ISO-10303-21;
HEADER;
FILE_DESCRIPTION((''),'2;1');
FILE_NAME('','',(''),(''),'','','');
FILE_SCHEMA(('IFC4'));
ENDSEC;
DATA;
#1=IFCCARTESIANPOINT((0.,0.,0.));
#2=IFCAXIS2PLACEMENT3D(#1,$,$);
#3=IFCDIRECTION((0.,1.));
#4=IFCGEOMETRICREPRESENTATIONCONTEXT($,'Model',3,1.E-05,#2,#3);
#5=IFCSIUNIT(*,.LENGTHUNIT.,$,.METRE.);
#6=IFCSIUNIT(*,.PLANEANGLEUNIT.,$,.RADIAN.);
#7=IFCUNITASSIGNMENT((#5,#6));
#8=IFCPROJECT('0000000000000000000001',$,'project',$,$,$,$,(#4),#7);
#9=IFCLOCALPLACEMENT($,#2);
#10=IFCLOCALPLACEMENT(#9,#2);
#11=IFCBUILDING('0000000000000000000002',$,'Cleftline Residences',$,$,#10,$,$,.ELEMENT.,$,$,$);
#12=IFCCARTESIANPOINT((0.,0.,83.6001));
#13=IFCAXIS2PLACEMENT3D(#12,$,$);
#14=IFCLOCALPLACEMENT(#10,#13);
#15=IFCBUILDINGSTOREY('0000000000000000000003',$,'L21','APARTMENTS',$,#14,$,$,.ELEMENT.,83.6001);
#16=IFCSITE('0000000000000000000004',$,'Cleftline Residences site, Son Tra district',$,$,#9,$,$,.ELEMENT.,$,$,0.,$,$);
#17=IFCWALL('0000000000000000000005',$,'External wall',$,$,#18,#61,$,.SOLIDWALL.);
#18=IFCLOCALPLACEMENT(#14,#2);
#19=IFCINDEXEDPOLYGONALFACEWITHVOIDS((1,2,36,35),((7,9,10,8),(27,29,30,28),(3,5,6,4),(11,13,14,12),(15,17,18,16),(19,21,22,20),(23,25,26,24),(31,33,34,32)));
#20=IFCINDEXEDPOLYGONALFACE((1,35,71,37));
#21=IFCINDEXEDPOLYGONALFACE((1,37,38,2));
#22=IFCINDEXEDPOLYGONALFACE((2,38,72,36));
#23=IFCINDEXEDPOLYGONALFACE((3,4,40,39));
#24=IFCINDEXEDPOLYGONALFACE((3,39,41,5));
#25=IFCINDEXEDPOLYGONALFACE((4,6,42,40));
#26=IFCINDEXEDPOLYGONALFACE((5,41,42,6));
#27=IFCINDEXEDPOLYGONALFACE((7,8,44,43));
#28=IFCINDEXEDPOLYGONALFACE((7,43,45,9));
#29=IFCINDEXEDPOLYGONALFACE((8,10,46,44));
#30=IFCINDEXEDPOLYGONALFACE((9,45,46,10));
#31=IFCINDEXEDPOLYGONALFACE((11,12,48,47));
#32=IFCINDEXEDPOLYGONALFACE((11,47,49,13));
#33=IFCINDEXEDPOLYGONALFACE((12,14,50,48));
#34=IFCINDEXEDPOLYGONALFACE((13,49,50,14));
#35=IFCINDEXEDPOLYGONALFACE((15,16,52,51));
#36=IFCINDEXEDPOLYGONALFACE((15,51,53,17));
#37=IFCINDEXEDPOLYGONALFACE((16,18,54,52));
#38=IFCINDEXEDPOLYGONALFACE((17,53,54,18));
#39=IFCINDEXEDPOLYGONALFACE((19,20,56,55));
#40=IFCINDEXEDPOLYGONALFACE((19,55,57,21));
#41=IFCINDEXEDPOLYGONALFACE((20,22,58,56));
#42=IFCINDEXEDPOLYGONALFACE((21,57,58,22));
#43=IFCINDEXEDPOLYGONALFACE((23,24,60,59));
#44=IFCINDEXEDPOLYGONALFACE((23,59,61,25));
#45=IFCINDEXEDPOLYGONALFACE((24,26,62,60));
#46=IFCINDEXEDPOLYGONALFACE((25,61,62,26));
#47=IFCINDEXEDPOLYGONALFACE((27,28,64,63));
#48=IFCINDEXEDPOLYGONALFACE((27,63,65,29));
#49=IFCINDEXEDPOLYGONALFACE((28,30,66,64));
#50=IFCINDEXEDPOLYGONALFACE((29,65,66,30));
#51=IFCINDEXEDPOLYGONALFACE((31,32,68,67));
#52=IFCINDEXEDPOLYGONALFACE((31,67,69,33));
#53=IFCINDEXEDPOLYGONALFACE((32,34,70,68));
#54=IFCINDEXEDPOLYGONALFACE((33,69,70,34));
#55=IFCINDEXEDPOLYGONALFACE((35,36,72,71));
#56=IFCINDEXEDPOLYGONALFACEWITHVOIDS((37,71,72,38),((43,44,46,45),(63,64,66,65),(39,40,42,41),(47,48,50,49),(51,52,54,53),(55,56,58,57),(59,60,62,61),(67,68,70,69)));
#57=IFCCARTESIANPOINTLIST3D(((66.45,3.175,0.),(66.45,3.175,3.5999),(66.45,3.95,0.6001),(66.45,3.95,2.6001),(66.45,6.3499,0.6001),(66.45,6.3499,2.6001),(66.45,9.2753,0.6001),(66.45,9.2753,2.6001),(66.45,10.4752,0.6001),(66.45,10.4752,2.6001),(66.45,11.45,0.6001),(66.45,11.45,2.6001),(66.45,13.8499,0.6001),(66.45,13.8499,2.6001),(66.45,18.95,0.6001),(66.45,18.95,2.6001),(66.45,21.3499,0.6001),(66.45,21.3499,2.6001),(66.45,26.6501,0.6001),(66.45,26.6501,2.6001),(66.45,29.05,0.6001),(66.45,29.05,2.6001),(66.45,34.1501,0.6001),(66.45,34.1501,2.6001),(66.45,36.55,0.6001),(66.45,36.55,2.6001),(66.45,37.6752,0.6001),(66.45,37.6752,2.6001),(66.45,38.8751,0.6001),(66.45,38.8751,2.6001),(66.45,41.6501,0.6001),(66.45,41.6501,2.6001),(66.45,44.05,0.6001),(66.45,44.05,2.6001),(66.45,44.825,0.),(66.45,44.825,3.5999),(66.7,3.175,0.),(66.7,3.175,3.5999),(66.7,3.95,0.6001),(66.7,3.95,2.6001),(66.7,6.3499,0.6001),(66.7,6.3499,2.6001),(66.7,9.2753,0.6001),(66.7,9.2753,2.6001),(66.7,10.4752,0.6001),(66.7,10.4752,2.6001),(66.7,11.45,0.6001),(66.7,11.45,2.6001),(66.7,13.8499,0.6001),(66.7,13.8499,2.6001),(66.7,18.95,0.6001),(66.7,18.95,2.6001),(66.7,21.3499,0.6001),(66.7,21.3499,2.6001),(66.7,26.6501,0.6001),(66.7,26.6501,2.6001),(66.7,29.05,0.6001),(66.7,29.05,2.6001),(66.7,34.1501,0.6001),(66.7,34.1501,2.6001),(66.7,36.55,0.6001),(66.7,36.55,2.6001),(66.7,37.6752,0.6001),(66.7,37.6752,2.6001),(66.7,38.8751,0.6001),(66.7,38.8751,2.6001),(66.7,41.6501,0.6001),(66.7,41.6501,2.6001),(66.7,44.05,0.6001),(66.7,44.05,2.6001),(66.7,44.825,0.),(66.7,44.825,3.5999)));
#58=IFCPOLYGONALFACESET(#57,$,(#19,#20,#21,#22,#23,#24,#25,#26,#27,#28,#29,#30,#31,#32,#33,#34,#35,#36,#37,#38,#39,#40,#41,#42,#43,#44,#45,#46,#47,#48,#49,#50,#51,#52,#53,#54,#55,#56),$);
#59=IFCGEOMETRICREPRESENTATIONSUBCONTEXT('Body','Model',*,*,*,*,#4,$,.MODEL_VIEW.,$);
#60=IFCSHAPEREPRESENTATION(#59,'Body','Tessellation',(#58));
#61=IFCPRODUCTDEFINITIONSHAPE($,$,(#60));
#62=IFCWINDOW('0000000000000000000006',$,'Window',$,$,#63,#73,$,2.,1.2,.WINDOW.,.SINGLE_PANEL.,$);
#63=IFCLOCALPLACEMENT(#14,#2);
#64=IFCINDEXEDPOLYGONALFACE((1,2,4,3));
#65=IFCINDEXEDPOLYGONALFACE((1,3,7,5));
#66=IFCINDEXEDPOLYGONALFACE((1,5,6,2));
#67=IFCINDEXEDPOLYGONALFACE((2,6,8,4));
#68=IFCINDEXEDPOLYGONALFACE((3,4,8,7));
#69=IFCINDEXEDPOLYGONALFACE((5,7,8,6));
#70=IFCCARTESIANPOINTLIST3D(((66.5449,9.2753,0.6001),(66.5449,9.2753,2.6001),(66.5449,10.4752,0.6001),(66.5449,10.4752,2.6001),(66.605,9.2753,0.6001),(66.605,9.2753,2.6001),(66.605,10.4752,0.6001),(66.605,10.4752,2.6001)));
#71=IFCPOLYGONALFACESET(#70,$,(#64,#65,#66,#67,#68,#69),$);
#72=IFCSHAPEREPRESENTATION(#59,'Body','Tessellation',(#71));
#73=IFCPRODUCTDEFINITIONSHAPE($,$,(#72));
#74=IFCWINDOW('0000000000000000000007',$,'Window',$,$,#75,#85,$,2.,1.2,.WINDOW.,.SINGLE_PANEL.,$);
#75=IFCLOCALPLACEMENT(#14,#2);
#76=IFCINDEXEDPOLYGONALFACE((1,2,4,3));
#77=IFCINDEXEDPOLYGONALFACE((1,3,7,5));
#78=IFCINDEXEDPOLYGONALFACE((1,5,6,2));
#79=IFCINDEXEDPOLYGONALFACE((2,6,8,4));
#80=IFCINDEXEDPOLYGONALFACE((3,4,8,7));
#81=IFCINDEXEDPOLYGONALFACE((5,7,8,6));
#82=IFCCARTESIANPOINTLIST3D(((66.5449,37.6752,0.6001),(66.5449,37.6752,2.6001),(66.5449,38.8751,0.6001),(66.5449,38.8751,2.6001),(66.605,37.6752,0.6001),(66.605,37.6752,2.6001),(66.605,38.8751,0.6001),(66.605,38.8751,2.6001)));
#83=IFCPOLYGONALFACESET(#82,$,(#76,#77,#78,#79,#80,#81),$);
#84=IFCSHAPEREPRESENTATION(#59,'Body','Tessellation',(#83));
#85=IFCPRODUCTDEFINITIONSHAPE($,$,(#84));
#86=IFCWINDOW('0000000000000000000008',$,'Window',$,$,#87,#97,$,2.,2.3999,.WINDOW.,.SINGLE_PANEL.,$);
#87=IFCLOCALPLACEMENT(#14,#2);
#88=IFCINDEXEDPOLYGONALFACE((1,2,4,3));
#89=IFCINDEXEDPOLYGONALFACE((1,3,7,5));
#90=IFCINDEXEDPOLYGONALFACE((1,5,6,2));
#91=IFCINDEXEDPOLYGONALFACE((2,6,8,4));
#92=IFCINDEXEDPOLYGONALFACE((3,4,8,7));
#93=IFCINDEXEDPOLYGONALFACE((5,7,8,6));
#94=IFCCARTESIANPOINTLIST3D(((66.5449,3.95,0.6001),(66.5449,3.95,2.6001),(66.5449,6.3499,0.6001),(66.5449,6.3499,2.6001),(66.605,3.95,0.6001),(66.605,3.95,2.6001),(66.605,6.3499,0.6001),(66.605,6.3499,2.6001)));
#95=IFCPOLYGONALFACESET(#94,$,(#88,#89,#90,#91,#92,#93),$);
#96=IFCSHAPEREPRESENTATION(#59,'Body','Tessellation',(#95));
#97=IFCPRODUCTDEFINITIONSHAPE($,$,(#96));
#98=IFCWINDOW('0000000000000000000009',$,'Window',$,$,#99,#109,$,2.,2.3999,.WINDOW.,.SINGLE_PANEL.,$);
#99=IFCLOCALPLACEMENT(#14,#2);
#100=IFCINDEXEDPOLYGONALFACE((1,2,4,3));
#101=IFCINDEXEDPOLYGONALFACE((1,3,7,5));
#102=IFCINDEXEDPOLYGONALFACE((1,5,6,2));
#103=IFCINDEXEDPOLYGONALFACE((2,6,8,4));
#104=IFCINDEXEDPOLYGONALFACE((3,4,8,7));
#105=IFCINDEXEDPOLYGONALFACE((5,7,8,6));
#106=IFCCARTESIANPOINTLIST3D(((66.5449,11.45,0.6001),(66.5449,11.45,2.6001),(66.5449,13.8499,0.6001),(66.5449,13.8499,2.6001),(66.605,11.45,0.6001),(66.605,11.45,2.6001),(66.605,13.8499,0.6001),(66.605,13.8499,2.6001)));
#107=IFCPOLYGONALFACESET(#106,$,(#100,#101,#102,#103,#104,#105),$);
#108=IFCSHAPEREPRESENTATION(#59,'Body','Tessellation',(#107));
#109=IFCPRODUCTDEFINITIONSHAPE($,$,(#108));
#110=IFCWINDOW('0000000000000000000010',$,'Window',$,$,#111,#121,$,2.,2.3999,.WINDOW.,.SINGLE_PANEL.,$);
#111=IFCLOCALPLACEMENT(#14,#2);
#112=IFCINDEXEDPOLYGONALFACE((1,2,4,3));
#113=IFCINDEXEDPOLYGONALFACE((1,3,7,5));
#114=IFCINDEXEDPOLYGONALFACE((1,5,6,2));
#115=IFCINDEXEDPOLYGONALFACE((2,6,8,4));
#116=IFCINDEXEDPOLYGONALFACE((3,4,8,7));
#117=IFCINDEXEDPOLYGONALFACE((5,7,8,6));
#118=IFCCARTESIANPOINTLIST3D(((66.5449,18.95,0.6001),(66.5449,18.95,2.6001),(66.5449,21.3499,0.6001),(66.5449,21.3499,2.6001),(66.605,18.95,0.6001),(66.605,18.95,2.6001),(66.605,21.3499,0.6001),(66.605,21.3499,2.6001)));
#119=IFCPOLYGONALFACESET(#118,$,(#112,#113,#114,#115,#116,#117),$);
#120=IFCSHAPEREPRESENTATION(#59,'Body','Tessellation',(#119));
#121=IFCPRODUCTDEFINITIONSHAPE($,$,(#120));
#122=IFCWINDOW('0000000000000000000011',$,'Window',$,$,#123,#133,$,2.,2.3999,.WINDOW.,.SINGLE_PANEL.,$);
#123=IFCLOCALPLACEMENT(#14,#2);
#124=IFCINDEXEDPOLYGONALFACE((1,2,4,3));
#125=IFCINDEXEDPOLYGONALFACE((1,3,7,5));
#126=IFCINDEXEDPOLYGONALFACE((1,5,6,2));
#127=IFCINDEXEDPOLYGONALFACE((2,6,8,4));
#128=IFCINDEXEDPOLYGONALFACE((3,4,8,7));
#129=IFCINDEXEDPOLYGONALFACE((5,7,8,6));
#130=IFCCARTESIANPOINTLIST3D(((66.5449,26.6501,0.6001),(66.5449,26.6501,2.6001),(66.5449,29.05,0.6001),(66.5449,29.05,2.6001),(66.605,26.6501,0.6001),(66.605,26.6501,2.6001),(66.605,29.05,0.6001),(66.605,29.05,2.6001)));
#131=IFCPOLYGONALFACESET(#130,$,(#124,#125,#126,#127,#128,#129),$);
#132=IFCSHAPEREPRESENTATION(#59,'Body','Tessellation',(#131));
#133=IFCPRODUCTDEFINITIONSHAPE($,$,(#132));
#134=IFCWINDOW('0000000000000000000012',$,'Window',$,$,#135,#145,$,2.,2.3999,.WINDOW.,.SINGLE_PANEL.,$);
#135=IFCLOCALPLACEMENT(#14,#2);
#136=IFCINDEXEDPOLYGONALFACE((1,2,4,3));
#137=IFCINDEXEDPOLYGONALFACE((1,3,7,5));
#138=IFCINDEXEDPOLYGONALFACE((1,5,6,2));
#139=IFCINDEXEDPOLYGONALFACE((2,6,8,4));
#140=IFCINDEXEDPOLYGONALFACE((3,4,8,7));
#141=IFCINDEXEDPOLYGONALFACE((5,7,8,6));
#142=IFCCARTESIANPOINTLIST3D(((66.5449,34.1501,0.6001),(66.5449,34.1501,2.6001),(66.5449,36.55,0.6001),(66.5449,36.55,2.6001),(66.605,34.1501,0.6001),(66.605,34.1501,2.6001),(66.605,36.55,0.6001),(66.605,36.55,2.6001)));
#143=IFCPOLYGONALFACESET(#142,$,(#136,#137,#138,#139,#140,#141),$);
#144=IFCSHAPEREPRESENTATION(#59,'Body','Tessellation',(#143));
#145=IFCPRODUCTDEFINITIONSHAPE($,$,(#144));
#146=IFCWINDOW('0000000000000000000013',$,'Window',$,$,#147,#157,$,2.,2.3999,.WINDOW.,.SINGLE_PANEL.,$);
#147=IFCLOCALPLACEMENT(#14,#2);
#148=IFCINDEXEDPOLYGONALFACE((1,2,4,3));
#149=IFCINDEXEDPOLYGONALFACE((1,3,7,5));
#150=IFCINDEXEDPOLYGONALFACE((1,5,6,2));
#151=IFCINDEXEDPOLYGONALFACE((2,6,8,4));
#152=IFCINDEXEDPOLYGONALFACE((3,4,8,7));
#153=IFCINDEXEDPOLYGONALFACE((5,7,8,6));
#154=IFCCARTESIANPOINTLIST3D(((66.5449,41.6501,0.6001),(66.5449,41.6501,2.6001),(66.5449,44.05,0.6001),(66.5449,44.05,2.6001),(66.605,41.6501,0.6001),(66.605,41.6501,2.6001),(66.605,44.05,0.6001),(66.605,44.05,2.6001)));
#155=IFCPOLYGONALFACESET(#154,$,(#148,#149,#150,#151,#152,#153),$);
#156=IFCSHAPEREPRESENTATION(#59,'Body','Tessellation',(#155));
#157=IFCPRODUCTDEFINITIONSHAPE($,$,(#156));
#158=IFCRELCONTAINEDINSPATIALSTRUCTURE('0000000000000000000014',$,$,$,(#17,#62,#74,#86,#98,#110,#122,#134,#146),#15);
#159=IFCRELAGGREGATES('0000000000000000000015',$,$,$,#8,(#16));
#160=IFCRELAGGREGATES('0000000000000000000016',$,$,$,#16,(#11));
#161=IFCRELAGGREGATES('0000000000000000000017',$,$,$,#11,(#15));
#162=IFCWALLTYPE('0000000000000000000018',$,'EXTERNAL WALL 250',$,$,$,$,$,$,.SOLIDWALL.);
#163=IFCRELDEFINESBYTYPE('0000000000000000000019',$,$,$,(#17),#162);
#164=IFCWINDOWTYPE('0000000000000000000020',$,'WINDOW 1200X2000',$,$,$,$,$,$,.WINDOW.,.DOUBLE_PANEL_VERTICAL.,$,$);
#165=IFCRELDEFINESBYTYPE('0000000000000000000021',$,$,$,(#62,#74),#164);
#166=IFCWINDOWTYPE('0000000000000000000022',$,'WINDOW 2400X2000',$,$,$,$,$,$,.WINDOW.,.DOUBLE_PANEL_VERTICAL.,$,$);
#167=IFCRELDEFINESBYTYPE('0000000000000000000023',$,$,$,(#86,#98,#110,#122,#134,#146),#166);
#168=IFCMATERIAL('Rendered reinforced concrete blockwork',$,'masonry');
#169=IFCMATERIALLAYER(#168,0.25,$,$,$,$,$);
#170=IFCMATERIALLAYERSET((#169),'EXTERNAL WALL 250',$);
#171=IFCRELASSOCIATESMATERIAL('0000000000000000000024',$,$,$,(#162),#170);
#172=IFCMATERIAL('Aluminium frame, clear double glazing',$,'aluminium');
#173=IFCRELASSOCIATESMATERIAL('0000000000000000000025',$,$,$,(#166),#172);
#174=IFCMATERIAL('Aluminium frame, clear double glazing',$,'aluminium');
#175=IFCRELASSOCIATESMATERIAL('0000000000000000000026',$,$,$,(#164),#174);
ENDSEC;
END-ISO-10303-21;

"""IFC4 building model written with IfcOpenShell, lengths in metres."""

from ifc_helpers import new_model, si_unit, direction, frame, frame_2d, origin, place, context, subcontext, project, spatial, rectangle, extrude, material, layer, layer_set, type_object, element, fill, save


model = new_model("IFC4")

# Units and contexts
model_context = context("Model", 3, precision=1e-05, world=origin(), true_north=direction((0.0, 1.0)))
body_context = subcontext(model_context, "Body", "Model", "MODEL_VIEW")
ifc_project = project(units=[si_unit("LENGTHUNIT", "METRE"), si_unit("PLANEANGLEUNIT", "RADIAN")], contexts=[model_context])

# Site, building, storey
site_placement = place(None, origin())
site = spatial("IfcSite", under=ifc_project, at=site_placement, Name="Cleftline Residences site, Son Tra district", CompositionType="ELEMENT", RefElevation=0.0)
building_placement = place(site_placement, origin())
building = spatial("IfcBuilding", under=site, at=building_placement, Name="Cleftline Residences", CompositionType="ELEMENT")
storey_placement = place(building_placement, frame((0.0, 0.0, 83.6001)))
storey = spatial("IfcBuildingStorey", under=building, at=storey_placement, Name="L21", Description="APARTMENTS", CompositionType="ELEMENT", Elevation=83.6001)

# Shared definitions
ifc_material_1 = material(Name="Rendered reinforced concrete blockwork", Category="masonry")
ifc_layer_1 = layer(ifc_material_1, 0.25)
ifc_layer_set_1 = layer_set([ifc_layer_1], Name="EXTERNAL WALL 250")
wall_type = type_object("IfcWallType", Name="EXTERNAL WALL 250", PredefinedType="SOLIDWALL", material=ifc_layer_set_1)
ifc_material_2 = material(Name="Aluminium frame, clear double glazing", Category="aluminium")
window_type_1 = type_object("IfcWindowType", Name="WINDOW 2400X2000", PartitioningType="DOUBLE_PANEL_VERTICAL", PredefinedType="WINDOW", material=ifc_material_2)

# Wall, openings, windows
wall_1_placement = place(storey_placement, frame((66.575, 3.175, 0.0), z_axis=(0.0, 0.0, 1.0), x_axis=(0.0, 1.0, 0.0)))
wall_1 = element("IfcWall", 1, at=wall_1_placement, inside=storey, type_object=wall_type, Name="External wall", PredefinedType="SOLIDWALL", context=body_context, shape_type="SweptSolid", body=[
    extrude(rectangle(XDim=41.6499, YDim=0.25, at=frame_2d((20.825, 0.0))), origin(), (0.0, 0.0, 1.0), 3.5999),
])
opening_1_placement = place(wall_1_placement, frame((0.7749, 0.0, 0.6001)))
opening_1 = element("IfcOpeningElement", 2, at=opening_1_placement, cuts=wall_1, PredefinedType="OPENING", context=body_context, shape_type="SweptSolid", body=[
    extrude(rectangle(XDim=2.3999, YDim=2.0, at=frame_2d((1.2, 1.0))), frame((0.0, 0.135, 0.0), z_axis=(0.0, -1.0, 0.0), x_axis=(1.0, 0.0, 0.0)), (0.0, 0.0, 1.0), 0.27),
])
opening_2_placement = place(wall_1_placement, frame((6.1001, 0.0, 0.6001)))
opening_2 = element("IfcOpeningElement", 3, at=opening_2_placement, cuts=wall_1, PredefinedType="OPENING", context=body_context, shape_type="SweptSolid", body=[
    extrude(rectangle(XDim=1.2, YDim=2.0, at=frame_2d((0.6001, 1.0))), frame((0.0, 0.135, 0.0), z_axis=(0.0, -1.0, 0.0), x_axis=(1.0, 0.0, 0.0)), (0.0, 0.0, 1.0), 0.27),
])
opening_3_placement = place(wall_1_placement, frame((8.2749, 0.0, 0.6001)))
opening_3 = element("IfcOpeningElement", 4, at=opening_3_placement, cuts=wall_1, PredefinedType="OPENING", context=body_context, shape_type="SweptSolid", body=[
    extrude(rectangle(XDim=2.3999, YDim=2.0, at=frame_2d((1.2, 1.0))), frame((0.0, 0.135, 0.0), z_axis=(0.0, -1.0, 0.0), x_axis=(1.0, 0.0, 0.0)), (0.0, 0.0, 1.0), 0.27),
])
opening_4_placement = place(wall_1_placement, frame((15.7749, 0.0, 0.6001)))
opening_4 = element("IfcOpeningElement", 5, at=opening_4_placement, cuts=wall_1, PredefinedType="OPENING", context=body_context, shape_type="SweptSolid", body=[
    extrude(rectangle(XDim=2.3999, YDim=2.0, at=frame_2d((1.2, 1.0))), frame((0.0, 0.135, 0.0), z_axis=(0.0, -1.0, 0.0), x_axis=(1.0, 0.0, 0.0)), (0.0, 0.0, 1.0), 0.27),
])
opening_5_placement = place(wall_1_placement, frame((23.4751, 0.0, 0.6001)))
opening_5 = element("IfcOpeningElement", 6, at=opening_5_placement, cuts=wall_1, PredefinedType="OPENING", context=body_context, shape_type="SweptSolid", body=[
    extrude(rectangle(XDim=2.3999, YDim=2.0, at=frame_2d((1.2, 1.0))), frame((0.0, 0.135, 0.0), z_axis=(0.0, -1.0, 0.0), x_axis=(1.0, 0.0, 0.0)), (0.0, 0.0, 1.0), 0.27),
])
opening_6_placement = place(wall_1_placement, frame((30.9751, 0.0, 0.6001)))
opening_6 = element("IfcOpeningElement", 7, at=opening_6_placement, cuts=wall_1, PredefinedType="OPENING", context=body_context, shape_type="SweptSolid", body=[
    extrude(rectangle(XDim=2.3999, YDim=2.0, at=frame_2d((1.2, 1.0))), frame((0.0, 0.135, 0.0), z_axis=(0.0, -1.0, 0.0), x_axis=(1.0, 0.0, 0.0)), (0.0, 0.0, 1.0), 0.27),
])
opening_7_placement = place(wall_1_placement, frame((34.5, 0.0, 0.6001)))
opening_7 = element("IfcOpeningElement", 8, at=opening_7_placement, cuts=wall_1, PredefinedType="OPENING", context=body_context, shape_type="SweptSolid", body=[
    extrude(rectangle(XDim=1.2, YDim=2.0, at=frame_2d((0.6001, 1.0))), frame((0.0, 0.135, 0.0), z_axis=(0.0, -1.0, 0.0), x_axis=(1.0, 0.0, 0.0)), (0.0, 0.0, 1.0), 0.27),
])
opening_8_placement = place(wall_1_placement, frame((38.4751, 0.0, 0.6001)))
opening_8 = element("IfcOpeningElement", 9, at=opening_8_placement, cuts=wall_1, PredefinedType="OPENING", context=body_context, shape_type="SweptSolid", body=[
    extrude(rectangle(XDim=2.3999, YDim=2.0, at=frame_2d((1.2, 1.0))), frame((0.0, 0.135, 0.0), z_axis=(0.0, -1.0, 0.0), x_axis=(1.0, 0.0, 0.0)), (0.0, 0.0, 1.0), 0.27),
])
ifc_material_3 = material(Name="Aluminium frame, clear double glazing", Category="aluminium")
window_type_2 = type_object("IfcWindowType", Name="WINDOW 1200X2000", PartitioningType="DOUBLE_PANEL_VERTICAL", PredefinedType="WINDOW", material=ifc_material_3)
window_1_placement = place(opening_2_placement, origin())
window_1 = element("IfcWindow", 10, at=window_1_placement, inside=storey, type_object=window_type_2, Name="Window", OverallHeight=2.0, OverallWidth=1.2, PartitioningType="SINGLE_PANEL", PredefinedType="WINDOW", context=body_context, shape_type="SweptSolid", body=[
    extrude(rectangle(XDim=1.2, YDim=2.0, at=frame_2d((0.6001, 1.0))), frame((0.0, 0.03, 0.0), z_axis=(0.0, -1.0, 0.0), x_axis=(1.0, 0.0, 0.0)), (0.0, 0.0, 1.0), 0.0601),
])
fill(opening_2, window_1)
window_2_placement = place(opening_7_placement, origin())
window_2 = element("IfcWindow", 11, at=window_2_placement, inside=storey, type_object=window_type_2, Name="Window", OverallHeight=2.0, OverallWidth=1.2, PartitioningType="SINGLE_PANEL", PredefinedType="WINDOW", context=body_context, shape_type="SweptSolid", body=[
    extrude(rectangle(XDim=1.2, YDim=2.0, at=frame_2d((0.6001, 1.0))), frame((0.0, 0.03, 0.0), z_axis=(0.0, -1.0, 0.0), x_axis=(1.0, 0.0, 0.0)), (0.0, 0.0, 1.0), 0.0601),
])
fill(opening_7, window_2)
window_3_placement = place(opening_1_placement, origin())
window_3 = element("IfcWindow", 12, at=window_3_placement, inside=storey, type_object=window_type_1, Name="Window", OverallHeight=2.0, OverallWidth=2.3999, PartitioningType="SINGLE_PANEL", PredefinedType="WINDOW", context=body_context, shape_type="SweptSolid", body=[
    extrude(rectangle(XDim=2.3999, YDim=2.0, at=frame_2d((1.2, 1.0))), frame((0.0, 0.03, 0.0), z_axis=(0.0, -1.0, 0.0), x_axis=(1.0, 0.0, 0.0)), (0.0, 0.0, 1.0), 0.0601),
])
fill(opening_1, window_3)
window_4_placement = place(opening_3_placement, origin())
window_4 = element("IfcWindow", 13, at=window_4_placement, inside=storey, type_object=window_type_1, Name="Window", OverallHeight=2.0, OverallWidth=2.3999, PartitioningType="SINGLE_PANEL", PredefinedType="WINDOW", context=body_context, shape_type="SweptSolid", body=[
    extrude(rectangle(XDim=2.3999, YDim=2.0, at=frame_2d((1.2, 1.0))), frame((0.0, 0.03, 0.0), z_axis=(0.0, -1.0, 0.0), x_axis=(1.0, 0.0, 0.0)), (0.0, 0.0, 1.0), 0.0601),
])
fill(opening_3, window_4)
window_5_placement = place(opening_4_placement, origin())
window_5 = element("IfcWindow", 14, at=window_5_placement, inside=storey, type_object=window_type_1, Name="Window", OverallHeight=2.0, OverallWidth=2.3999, PartitioningType="SINGLE_PANEL", PredefinedType="WINDOW", context=body_context, shape_type="SweptSolid", body=[
    extrude(rectangle(XDim=2.3999, YDim=2.0, at=frame_2d((1.2, 1.0))), frame((0.0, 0.03, 0.0), z_axis=(0.0, -1.0, 0.0), x_axis=(1.0, 0.0, 0.0)), (0.0, 0.0, 1.0), 0.0601),
])
fill(opening_4, window_5)
window_6_placement = place(opening_5_placement, origin())
window_6 = element("IfcWindow", 15, at=window_6_placement, inside=storey, type_object=window_type_1, Name="Window", OverallHeight=2.0, OverallWidth=2.3999, PartitioningType="SINGLE_PANEL", PredefinedType="WINDOW", context=body_context, shape_type="SweptSolid", body=[
    extrude(rectangle(XDim=2.3999, YDim=2.0, at=frame_2d((1.2, 1.0))), frame((0.0, 0.03, 0.0), z_axis=(0.0, -1.0, 0.0), x_axis=(1.0, 0.0, 0.0)), (0.0, 0.0, 1.0), 0.0601),
])
fill(opening_5, window_6)
window_7_placement = place(opening_6_placement, origin())
window_7 = element("IfcWindow", 16, at=window_7_placement, inside=storey, type_object=window_type_1, Name="Window", OverallHeight=2.0, OverallWidth=2.3999, PartitioningType="SINGLE_PANEL", PredefinedType="WINDOW", context=body_context, shape_type="SweptSolid", body=[
    extrude(rectangle(XDim=2.3999, YDim=2.0, at=frame_2d((1.2, 1.0))), frame((0.0, 0.03, 0.0), z_axis=(0.0, -1.0, 0.0), x_axis=(1.0, 0.0, 0.0)), (0.0, 0.0, 1.0), 0.0601),
])
fill(opening_6, window_7)
window_8_placement = place(opening_8_placement, origin())
window_8 = element("IfcWindow", 17, at=window_8_placement, inside=storey, type_object=window_type_1, Name="Window", OverallHeight=2.0, OverallWidth=2.3999, PartitioningType="SINGLE_PANEL", PredefinedType="WINDOW", context=body_context, shape_type="SweptSolid", body=[
    extrude(rectangle(XDim=2.3999, YDim=2.0, at=frame_2d((1.2, 1.0))), frame((0.0, 0.03, 0.0), z_axis=(0.0, -1.0, 0.0), x_axis=(1.0, 0.0, 0.0)), (0.0, 0.0, 1.0), 0.0601),
])
fill(opening_8, window_8)

save(model, "model.ifc")
